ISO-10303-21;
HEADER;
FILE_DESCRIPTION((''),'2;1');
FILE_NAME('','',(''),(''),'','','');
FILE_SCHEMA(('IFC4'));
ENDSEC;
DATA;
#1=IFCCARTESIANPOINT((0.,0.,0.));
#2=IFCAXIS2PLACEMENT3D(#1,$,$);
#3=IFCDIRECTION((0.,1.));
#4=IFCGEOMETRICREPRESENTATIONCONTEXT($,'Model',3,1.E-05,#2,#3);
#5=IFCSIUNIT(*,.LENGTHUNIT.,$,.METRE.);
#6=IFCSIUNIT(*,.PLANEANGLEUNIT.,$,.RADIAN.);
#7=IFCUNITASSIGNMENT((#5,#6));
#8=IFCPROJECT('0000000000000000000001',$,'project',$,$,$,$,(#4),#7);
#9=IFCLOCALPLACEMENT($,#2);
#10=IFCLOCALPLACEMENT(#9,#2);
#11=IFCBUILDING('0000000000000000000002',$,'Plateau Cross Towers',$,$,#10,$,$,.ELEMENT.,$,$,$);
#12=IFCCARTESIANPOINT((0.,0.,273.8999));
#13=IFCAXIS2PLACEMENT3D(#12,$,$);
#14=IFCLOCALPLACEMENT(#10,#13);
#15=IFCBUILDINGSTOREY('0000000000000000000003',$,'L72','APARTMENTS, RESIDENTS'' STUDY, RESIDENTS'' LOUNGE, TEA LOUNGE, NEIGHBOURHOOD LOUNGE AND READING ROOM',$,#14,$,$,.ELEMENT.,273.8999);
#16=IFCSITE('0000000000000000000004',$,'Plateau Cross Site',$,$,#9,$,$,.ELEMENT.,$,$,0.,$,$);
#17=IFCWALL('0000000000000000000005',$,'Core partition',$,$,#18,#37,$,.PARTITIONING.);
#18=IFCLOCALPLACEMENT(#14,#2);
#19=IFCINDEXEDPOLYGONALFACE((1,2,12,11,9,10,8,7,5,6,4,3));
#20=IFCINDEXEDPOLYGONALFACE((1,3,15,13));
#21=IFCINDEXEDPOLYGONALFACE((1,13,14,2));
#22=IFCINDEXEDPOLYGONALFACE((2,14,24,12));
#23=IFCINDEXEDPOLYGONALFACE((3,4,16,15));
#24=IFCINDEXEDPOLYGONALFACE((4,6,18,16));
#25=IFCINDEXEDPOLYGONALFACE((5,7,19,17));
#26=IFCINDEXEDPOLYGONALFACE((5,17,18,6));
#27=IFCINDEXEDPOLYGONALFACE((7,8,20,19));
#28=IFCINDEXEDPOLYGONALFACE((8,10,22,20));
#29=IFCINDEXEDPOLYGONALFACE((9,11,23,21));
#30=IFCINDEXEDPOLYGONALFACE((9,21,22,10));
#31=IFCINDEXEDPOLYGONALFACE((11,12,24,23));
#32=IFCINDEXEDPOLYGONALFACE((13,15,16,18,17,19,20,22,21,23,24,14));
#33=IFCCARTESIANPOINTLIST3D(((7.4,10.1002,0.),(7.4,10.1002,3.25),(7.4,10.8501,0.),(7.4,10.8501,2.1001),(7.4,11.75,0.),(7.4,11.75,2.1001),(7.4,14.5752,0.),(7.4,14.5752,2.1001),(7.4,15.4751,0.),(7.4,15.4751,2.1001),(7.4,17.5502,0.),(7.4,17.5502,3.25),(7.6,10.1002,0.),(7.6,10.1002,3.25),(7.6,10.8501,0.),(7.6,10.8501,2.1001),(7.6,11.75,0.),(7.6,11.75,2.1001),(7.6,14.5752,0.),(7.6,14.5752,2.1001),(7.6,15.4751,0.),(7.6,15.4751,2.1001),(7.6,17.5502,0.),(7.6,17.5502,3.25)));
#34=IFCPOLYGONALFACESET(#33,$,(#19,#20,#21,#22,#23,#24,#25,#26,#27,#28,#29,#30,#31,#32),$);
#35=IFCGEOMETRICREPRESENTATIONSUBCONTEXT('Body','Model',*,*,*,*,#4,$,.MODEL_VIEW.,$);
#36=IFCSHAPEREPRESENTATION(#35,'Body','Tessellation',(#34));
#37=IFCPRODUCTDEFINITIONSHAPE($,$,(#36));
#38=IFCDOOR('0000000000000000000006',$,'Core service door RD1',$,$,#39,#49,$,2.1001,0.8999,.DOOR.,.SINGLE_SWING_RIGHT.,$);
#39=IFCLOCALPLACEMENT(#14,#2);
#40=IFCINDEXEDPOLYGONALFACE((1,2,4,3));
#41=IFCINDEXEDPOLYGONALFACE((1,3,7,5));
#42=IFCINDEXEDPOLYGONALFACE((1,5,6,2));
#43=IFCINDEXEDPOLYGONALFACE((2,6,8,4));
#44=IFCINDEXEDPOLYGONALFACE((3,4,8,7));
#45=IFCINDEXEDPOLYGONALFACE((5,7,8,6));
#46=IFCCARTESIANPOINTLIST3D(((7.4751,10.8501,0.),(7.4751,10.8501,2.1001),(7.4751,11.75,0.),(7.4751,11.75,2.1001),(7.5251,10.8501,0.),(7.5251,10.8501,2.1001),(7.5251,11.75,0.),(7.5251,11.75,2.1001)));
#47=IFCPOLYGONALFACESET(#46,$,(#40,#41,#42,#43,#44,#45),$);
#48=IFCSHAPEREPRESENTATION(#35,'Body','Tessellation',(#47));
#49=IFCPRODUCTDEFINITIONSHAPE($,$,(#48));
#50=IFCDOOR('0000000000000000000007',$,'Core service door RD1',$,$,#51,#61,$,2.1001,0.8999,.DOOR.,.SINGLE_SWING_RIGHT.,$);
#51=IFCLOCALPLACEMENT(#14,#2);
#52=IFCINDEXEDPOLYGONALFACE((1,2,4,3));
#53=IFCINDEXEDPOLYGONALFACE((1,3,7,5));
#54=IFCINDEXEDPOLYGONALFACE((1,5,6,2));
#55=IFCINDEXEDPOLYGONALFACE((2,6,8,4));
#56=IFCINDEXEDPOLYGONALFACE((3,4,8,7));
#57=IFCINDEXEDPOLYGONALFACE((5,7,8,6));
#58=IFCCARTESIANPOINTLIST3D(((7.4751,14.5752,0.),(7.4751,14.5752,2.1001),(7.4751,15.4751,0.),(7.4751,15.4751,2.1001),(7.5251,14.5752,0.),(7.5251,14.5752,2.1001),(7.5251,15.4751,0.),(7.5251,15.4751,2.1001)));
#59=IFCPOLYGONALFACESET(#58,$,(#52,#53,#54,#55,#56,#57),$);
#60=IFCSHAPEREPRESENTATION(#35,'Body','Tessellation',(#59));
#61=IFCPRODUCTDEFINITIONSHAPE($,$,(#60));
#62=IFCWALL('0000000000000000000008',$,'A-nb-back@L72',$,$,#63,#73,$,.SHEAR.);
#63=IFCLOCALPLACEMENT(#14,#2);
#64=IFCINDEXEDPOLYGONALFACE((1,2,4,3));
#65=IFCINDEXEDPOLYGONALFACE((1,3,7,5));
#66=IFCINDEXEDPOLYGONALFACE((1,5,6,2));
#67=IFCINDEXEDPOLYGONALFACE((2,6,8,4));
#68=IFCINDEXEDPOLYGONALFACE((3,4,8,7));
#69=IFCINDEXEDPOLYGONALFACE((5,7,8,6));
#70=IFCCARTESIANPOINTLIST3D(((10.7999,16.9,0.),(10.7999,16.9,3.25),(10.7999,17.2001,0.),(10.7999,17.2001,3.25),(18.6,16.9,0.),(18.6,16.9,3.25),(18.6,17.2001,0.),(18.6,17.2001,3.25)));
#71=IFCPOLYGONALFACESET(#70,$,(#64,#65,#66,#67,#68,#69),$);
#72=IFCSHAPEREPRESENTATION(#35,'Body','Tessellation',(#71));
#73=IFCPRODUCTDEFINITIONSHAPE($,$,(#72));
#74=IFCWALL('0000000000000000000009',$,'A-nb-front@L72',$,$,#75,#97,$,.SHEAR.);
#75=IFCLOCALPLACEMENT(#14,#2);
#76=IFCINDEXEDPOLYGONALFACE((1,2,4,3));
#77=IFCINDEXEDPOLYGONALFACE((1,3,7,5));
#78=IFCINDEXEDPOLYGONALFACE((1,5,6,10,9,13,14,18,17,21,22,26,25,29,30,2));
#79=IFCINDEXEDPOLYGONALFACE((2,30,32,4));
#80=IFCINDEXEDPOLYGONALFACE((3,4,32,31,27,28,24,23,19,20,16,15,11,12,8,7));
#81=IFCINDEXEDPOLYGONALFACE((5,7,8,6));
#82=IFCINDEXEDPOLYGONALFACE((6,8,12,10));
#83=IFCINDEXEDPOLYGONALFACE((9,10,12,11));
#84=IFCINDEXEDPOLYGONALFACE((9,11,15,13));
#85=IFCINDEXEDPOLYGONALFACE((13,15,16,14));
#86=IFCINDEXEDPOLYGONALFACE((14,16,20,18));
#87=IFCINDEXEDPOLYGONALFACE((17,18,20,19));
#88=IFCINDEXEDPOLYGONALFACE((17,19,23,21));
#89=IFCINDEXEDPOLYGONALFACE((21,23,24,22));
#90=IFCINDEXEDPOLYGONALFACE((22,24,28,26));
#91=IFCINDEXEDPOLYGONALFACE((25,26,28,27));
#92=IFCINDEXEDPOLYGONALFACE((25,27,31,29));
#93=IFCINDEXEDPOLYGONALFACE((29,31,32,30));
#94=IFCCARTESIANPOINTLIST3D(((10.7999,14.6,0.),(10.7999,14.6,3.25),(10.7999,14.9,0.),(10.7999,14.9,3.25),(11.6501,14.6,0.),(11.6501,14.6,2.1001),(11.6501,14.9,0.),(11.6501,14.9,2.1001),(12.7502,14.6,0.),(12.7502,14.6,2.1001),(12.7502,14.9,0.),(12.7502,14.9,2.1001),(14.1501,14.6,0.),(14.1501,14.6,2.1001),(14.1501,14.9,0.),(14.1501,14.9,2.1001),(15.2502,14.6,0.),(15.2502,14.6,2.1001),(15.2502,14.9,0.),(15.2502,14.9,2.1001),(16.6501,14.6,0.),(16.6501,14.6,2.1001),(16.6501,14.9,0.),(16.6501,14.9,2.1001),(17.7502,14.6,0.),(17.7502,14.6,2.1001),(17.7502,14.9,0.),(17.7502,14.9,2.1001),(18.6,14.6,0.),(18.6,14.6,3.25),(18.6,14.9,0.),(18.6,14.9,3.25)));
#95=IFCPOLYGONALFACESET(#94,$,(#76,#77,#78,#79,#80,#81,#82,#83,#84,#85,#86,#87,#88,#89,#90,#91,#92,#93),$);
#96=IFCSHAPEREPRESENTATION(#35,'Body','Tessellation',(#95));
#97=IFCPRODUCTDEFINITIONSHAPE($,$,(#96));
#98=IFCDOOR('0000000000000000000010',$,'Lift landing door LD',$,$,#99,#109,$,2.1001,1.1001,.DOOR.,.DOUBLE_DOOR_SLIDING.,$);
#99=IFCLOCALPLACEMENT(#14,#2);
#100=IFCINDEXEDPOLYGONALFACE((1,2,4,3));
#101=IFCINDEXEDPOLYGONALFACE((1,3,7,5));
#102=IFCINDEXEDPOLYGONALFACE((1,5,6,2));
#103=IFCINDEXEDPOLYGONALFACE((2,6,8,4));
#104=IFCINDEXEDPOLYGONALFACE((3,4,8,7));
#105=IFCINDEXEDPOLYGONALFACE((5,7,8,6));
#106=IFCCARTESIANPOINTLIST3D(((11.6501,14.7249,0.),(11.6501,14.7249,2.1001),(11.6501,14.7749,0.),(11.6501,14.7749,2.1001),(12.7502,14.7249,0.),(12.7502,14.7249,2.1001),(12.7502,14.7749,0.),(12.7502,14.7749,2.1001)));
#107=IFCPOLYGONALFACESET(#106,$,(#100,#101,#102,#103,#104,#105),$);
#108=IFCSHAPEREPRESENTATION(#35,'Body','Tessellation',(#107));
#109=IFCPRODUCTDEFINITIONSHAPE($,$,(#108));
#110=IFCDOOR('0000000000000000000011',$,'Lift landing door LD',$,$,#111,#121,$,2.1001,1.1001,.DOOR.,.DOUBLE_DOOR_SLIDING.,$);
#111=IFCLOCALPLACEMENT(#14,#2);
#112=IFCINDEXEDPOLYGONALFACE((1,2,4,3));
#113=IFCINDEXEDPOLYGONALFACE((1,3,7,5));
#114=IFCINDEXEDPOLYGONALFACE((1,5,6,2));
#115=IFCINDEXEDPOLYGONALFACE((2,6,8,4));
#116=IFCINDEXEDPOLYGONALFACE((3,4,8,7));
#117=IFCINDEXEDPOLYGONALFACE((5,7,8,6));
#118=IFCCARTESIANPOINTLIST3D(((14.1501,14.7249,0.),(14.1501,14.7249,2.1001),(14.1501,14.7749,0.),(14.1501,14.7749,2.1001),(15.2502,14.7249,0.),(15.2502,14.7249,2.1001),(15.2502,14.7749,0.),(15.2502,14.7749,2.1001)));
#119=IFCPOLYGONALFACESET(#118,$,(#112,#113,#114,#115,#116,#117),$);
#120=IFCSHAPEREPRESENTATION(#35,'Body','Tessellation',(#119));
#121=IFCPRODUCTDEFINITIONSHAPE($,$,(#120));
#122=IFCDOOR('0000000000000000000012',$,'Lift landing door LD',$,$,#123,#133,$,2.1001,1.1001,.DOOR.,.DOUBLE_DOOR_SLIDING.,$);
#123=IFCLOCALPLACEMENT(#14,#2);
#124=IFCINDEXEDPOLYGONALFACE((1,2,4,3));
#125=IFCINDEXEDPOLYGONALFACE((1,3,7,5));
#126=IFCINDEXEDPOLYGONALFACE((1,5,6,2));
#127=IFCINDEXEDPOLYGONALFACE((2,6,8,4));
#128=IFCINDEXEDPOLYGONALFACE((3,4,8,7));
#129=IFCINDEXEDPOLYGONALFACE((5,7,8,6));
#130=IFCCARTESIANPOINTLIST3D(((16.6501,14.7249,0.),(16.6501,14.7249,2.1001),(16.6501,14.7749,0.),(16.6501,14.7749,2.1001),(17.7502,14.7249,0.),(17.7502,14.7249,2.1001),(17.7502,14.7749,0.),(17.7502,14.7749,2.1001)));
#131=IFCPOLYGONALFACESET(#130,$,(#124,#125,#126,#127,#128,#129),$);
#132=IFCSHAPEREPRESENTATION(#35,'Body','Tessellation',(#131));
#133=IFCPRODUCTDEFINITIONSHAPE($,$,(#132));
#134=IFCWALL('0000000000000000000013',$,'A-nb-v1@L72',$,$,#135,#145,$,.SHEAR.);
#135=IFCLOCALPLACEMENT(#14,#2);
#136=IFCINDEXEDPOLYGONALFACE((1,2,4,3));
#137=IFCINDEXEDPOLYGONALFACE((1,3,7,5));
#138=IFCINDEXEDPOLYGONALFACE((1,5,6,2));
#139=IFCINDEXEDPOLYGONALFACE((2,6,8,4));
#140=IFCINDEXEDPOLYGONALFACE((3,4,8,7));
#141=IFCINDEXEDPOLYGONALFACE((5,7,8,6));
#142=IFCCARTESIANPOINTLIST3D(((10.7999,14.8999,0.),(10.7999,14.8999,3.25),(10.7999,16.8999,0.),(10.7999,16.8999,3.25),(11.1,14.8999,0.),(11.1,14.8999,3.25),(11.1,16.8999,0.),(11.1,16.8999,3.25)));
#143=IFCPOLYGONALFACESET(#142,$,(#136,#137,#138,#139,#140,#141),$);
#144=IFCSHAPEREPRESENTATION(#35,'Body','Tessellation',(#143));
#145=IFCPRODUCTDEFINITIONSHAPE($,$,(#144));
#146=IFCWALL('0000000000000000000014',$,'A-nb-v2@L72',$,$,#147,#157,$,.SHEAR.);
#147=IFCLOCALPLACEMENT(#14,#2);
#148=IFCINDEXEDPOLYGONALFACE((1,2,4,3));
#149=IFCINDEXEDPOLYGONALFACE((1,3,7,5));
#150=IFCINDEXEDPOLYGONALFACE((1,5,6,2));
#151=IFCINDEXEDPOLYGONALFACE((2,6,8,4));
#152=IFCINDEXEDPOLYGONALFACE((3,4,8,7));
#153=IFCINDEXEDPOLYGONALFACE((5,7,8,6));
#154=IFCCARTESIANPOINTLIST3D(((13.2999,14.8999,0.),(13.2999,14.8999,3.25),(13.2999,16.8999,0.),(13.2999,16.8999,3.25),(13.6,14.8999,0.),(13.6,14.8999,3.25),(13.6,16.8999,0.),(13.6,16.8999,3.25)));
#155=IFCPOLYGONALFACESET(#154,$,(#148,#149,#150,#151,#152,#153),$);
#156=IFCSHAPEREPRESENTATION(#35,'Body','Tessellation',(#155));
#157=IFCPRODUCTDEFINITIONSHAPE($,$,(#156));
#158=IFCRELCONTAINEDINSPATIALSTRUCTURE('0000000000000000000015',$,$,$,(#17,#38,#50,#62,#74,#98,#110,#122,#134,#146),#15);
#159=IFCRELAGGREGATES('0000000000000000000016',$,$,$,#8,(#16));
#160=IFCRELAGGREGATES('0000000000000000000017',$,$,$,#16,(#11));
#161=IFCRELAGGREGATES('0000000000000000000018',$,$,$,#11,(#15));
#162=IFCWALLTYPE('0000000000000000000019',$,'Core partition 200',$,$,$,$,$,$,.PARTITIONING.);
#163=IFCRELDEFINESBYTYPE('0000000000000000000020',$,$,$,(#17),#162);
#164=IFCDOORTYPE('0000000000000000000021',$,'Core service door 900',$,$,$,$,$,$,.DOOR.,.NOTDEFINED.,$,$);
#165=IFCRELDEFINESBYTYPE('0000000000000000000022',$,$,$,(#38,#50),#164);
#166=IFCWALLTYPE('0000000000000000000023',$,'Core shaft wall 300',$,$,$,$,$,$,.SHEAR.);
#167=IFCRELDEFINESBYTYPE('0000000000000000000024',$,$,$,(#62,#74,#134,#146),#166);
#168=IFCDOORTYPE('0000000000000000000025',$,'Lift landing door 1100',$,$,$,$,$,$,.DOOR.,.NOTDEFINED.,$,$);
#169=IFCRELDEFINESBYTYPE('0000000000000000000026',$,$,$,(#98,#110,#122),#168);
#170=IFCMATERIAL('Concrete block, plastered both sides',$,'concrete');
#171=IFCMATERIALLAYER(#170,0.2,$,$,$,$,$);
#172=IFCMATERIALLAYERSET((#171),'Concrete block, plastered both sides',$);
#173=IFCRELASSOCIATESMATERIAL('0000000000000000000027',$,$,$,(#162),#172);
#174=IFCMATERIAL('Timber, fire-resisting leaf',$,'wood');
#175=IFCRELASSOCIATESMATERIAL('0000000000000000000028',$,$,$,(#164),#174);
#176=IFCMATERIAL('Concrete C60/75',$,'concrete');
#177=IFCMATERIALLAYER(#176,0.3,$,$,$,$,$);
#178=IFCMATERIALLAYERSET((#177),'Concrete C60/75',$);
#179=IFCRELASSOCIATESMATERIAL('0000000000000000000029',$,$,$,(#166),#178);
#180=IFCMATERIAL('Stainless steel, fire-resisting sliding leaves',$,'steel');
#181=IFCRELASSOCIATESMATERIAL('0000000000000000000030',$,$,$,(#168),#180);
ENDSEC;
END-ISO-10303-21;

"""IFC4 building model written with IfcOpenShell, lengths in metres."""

from ifc_helpers import new_model, si_unit, direction, frame, frame_2d, origin, place, context, subcontext, project, spatial, rectangle, extrude, material, layer, layer_set, type_object, element, fill, save


model = new_model("IFC4")

# Units and contexts
model_context = context("Model", 3, precision=1e-05, world=origin(), true_north=direction((0.0, 1.0)))
body_context = subcontext(model_context, "Body", "Model", "MODEL_VIEW")
ifc_project = project(units=[si_unit("LENGTHUNIT", "METRE"), si_unit("PLANEANGLEUNIT", "RADIAN")], contexts=[model_context])

# Site, building, storey
site_placement = place(None, origin())
site = spatial("IfcSite", under=ifc_project, at=site_placement, Name="Plateau Cross Site", CompositionType="ELEMENT", RefElevation=0.0)
building_placement = place(site_placement, origin())
building = spatial("IfcBuilding", under=site, at=building_placement, Name="Plateau Cross Towers", CompositionType="ELEMENT")
storey_placement = place(building_placement, frame((0.0, 0.0, 273.8999)))
storey = spatial("IfcBuildingStorey", under=building, at=storey_placement, Name="L72", Description="APARTMENTS, RESIDENTS' STUDY, RESIDENTS' LOUNGE, TEA LOUNGE, NEIGHBOURHOOD LOUNGE AND READING ROOM", CompositionType="ELEMENT", Elevation=273.8999)

# Shared definitions
ifc_material_1 = material(Name="Concrete block, plastered both sides", Category="concrete")
ifc_layer_1 = layer(ifc_material_1, 0.2)
ifc_layer_set_1 = layer_set([ifc_layer_1], Name="Concrete block, plastered both sides")
wall_type_1 = type_object("IfcWallType", Name="Core partition 200", PredefinedType="PARTITIONING", material=ifc_layer_set_1)

# Shared definitions
ifc_material_2 = material(Name="Timber, fire-resisting leaf", Category="wood")
door_type_1 = type_object("IfcDoorType", Name="Core service door 900", OperationType="NOTDEFINED", PredefinedType="DOOR", material=ifc_material_2)

# Wall, openings, doors
wall_1_placement = place(storey_placement, frame((7.5, 10.1001, 0.0), z_axis=(0.0, 0.0, 1.0), x_axis=(0.0, 1.0, 0.0)))
wall_1 = element("IfcWall", 1, at=wall_1_placement, inside=storey, type_object=wall_type_1, Name="Core partition", PredefinedType="PARTITIONING", context=body_context, shape_type="SweptSolid", body=[
    extrude(rectangle(XDim=7.45, YDim=0.2, at=frame_2d((3.7251, 0.0))), origin(), (0.0, 0.0, 1.0), 3.25),
])
opening_1_placement = place(wall_1_placement, frame((0.75, 0.0, 0.0)))
opening_1 = element("IfcOpeningElement", 2, at=opening_1_placement, cuts=wall_1, PredefinedType="OPENING", context=body_context, shape_type="SweptSolid", body=[
    extrude(rectangle(XDim=0.8999, YDim=2.1001, at=frame_2d((0.45, 1.05))), frame((0.0, 0.1099, 0.0), z_axis=(0.0, -1.0, 0.0), x_axis=(1.0, 0.0, 0.0)), (0.0, 0.0, 1.0), 0.22),
])
opening_2_placement = place(wall_1_placement, frame((4.4751, 0.0, 0.0)))
opening_2 = element("IfcOpeningElement", 3, at=opening_2_placement, cuts=wall_1, PredefinedType="OPENING", context=body_context, shape_type="SweptSolid", body=[
    extrude(rectangle(XDim=0.8999, YDim=2.1001, at=frame_2d((0.45, 1.05))), frame((0.0, 0.1099, 0.0), z_axis=(0.0, -1.0, 0.0), x_axis=(1.0, 0.0, 0.0)), (0.0, 0.0, 1.0), 0.22),
])
door_1_placement = place(opening_1_placement, origin())
door_1 = element("IfcDoor", 4, at=door_1_placement, inside=storey, type_object=door_type_1, Name="Core service door RD1", OperationType="SINGLE_SWING_RIGHT", OverallHeight=2.1001, OverallWidth=0.8999, PredefinedType="DOOR", context=body_context, shape_type="SweptSolid", body=[
    extrude(rectangle(XDim=0.8999, YDim=2.1001, at=frame_2d((0.45, 1.05))), frame((0.0, 0.0249, 0.0), z_axis=(0.0, -1.0, 0.0), x_axis=(1.0, 0.0, 0.0)), (0.0, 0.0, 1.0), 0.05),
])
fill(opening_1, door_1)
door_2_placement = place(opening_2_placement, origin())
door_2 = element("IfcDoor", 5, at=door_2_placement, inside=storey, type_object=door_type_1, Name="Core service door RD1", OperationType="SINGLE_SWING_RIGHT", OverallHeight=2.1001, OverallWidth=0.8999, PredefinedType="DOOR", context=body_context, shape_type="SweptSolid", body=[
    extrude(rectangle(XDim=0.8999, YDim=2.1001, at=frame_2d((0.45, 1.05))), frame((0.0, 0.0249, 0.0), z_axis=(0.0, -1.0, 0.0), x_axis=(1.0, 0.0, 0.0)), (0.0, 0.0, 1.0), 0.05),
])
fill(opening_2, door_2)

# Wall
ifc_material_3 = material(Name="Concrete C60/75", Category="concrete")
ifc_layer_2 = layer(ifc_material_3, 0.3)
ifc_layer_set_2 = layer_set([ifc_layer_2], Name="Concrete C60/75")
wall_type_2 = type_object("IfcWallType", Name="Core shaft wall 300", PredefinedType="SHEAR", material=ifc_layer_set_2)
wall_2_placement = place(storey_placement, frame((10.8, 17.05, 0.0), z_axis=(0.0, 0.0, 1.0), x_axis=(1.0, 0.0, 0.0)))
element("IfcWall", 6, at=wall_2_placement, inside=storey, type_object=wall_type_2, Name="A-nb-back@L72", PredefinedType="SHEAR", context=body_context, shape_type="SweptSolid", body=[
    extrude(rectangle(XDim=7.8, YDim=0.3, at=frame_2d((3.8999, 0.0))), origin(), (0.0, 0.0, 1.0), 3.25),
])

# Wall, openings, doors
wall_3_placement = place(storey_placement, frame((10.8, 14.75, 0.0), z_axis=(0.0, 0.0, 1.0), x_axis=(1.0, 0.0, 0.0)))
wall_3 = element("IfcWall", 7, at=wall_3_placement, inside=storey, type_object=wall_type_2, Name="A-nb-front@L72", PredefinedType="SHEAR", context=body_context, shape_type="SweptSolid", body=[
    extrude(rectangle(XDim=7.8, YDim=0.3, at=frame_2d((3.8999, 0.0))), origin(), (0.0, 0.0, 1.0), 3.25),
])
opening_3_placement = place(wall_3_placement, frame((0.8501, 0.0, 0.0)))
opening_3 = element("IfcOpeningElement", 8, at=opening_3_placement, cuts=wall_3, PredefinedType="OPENING", context=body_context, shape_type="SweptSolid", body=[
    extrude(rectangle(XDim=1.1001, YDim=2.1001, at=frame_2d((0.55, 1.05))), frame((0.0, 0.1599, 0.0), z_axis=(0.0, -1.0, 0.0), x_axis=(1.0, 0.0, 0.0)), (0.0, 0.0, 1.0), 0.3201),
])
opening_4_placement = place(wall_3_placement, frame((3.3501, 0.0, 0.0)))
opening_4 = element("IfcOpeningElement", 9, at=opening_4_placement, cuts=wall_3, PredefinedType="OPENING", context=body_context, shape_type="SweptSolid", body=[
    extrude(rectangle(XDim=1.1001, YDim=2.1001, at=frame_2d((0.55, 1.05))), frame((0.0, 0.1599, 0.0), z_axis=(0.0, -1.0, 0.0), x_axis=(1.0, 0.0, 0.0)), (0.0, 0.0, 1.0), 0.3201),
])
opening_5_placement = place(wall_3_placement, frame((5.8501, 0.0, 0.0)))
opening_5 = element("IfcOpeningElement", 10, at=opening_5_placement, cuts=wall_3, PredefinedType="OPENING", context=body_context, shape_type="SweptSolid", body=[
    extrude(rectangle(XDim=1.1001, YDim=2.1001, at=frame_2d((0.55, 1.05))), frame((0.0, 0.1599, 0.0), z_axis=(0.0, -1.0, 0.0), x_axis=(1.0, 0.0, 0.0)), (0.0, 0.0, 1.0), 0.3201),
])
ifc_material_4 = material(Name="Stainless steel, fire-resisting sliding leaves", Category="steel")
door_type_2 = type_object("IfcDoorType", Name="Lift landing door 1100", OperationType="NOTDEFINED", PredefinedType="DOOR", material=ifc_material_4)
door_3_placement = place(opening_3_placement, origin())
door_3 = element("IfcDoor", 11, at=door_3_placement, inside=storey, type_object=door_type_2, Name="Lift landing door LD", OperationType="DOUBLE_DOOR_SLIDING", OverallHeight=2.1001, OverallWidth=1.1001, PredefinedType="DOOR", context=body_context, shape_type="SweptSolid", body=[
    extrude(rectangle(XDim=1.1001, YDim=2.1001, at=frame_2d((0.55, 1.05))), frame((0.0, 0.0249, 0.0), z_axis=(0.0, -1.0, 0.0), x_axis=(1.0, 0.0, 0.0)), (0.0, 0.0, 1.0), 0.05),
])
fill(opening_3, door_3)
door_4_placement = place(opening_4_placement, origin())
door_4 = element("IfcDoor", 12, at=door_4_placement, inside=storey, type_object=door_type_2, Name="Lift landing door LD", OperationType="DOUBLE_DOOR_SLIDING", OverallHeight=2.1001, OverallWidth=1.1001, PredefinedType="DOOR", context=body_context, shape_type="SweptSolid", body=[
    extrude(rectangle(XDim=1.1001, YDim=2.1001, at=frame_2d((0.55, 1.05))), frame((0.0, 0.0249, 0.0), z_axis=(0.0, -1.0, 0.0), x_axis=(1.0, 0.0, 0.0)), (0.0, 0.0, 1.0), 0.05),
])
fill(opening_4, door_4)
door_5_placement = place(opening_5_placement, origin())
door_5 = element("IfcDoor", 13, at=door_5_placement, inside=storey, type_object=door_type_2, Name="Lift landing door LD", OperationType="DOUBLE_DOOR_SLIDING", OverallHeight=2.1001, OverallWidth=1.1001, PredefinedType="DOOR", context=body_context, shape_type="SweptSolid", body=[
    extrude(rectangle(XDim=1.1001, YDim=2.1001, at=frame_2d((0.55, 1.05))), frame((0.0, 0.0249, 0.0), z_axis=(0.0, -1.0, 0.0), x_axis=(1.0, 0.0, 0.0)), (0.0, 0.0, 1.0), 0.05),
])
fill(opening_5, door_5)

# Walls
for number, where, z_axis, x_axis, name in (
    (14, (10.95, 14.8999, 0.0), (0.0, 0.0, 1.0), (0.0, 1.0, 0.0), "A-nb-v1@L72"),
    (15, (13.45, 14.8999, 0.0), (0.0, 0.0, 1.0), (0.0, 1.0, 0.0), "A-nb-v2@L72"),
):
    element("IfcWall", number, at=place(storey_placement, frame(where, z_axis=z_axis, x_axis=x_axis)), inside=storey, type_object=wall_type_2, Name=name, PredefinedType="SHEAR", context=body_context, shape_type="SweptSolid", body=[
        extrude(rectangle(XDim=2.0, YDim=0.3, at=frame_2d((1.0, 0.0))), origin(), (0.0, 0.0, 1.0), 3.25),
    ])

save(model, "model.ifc")
